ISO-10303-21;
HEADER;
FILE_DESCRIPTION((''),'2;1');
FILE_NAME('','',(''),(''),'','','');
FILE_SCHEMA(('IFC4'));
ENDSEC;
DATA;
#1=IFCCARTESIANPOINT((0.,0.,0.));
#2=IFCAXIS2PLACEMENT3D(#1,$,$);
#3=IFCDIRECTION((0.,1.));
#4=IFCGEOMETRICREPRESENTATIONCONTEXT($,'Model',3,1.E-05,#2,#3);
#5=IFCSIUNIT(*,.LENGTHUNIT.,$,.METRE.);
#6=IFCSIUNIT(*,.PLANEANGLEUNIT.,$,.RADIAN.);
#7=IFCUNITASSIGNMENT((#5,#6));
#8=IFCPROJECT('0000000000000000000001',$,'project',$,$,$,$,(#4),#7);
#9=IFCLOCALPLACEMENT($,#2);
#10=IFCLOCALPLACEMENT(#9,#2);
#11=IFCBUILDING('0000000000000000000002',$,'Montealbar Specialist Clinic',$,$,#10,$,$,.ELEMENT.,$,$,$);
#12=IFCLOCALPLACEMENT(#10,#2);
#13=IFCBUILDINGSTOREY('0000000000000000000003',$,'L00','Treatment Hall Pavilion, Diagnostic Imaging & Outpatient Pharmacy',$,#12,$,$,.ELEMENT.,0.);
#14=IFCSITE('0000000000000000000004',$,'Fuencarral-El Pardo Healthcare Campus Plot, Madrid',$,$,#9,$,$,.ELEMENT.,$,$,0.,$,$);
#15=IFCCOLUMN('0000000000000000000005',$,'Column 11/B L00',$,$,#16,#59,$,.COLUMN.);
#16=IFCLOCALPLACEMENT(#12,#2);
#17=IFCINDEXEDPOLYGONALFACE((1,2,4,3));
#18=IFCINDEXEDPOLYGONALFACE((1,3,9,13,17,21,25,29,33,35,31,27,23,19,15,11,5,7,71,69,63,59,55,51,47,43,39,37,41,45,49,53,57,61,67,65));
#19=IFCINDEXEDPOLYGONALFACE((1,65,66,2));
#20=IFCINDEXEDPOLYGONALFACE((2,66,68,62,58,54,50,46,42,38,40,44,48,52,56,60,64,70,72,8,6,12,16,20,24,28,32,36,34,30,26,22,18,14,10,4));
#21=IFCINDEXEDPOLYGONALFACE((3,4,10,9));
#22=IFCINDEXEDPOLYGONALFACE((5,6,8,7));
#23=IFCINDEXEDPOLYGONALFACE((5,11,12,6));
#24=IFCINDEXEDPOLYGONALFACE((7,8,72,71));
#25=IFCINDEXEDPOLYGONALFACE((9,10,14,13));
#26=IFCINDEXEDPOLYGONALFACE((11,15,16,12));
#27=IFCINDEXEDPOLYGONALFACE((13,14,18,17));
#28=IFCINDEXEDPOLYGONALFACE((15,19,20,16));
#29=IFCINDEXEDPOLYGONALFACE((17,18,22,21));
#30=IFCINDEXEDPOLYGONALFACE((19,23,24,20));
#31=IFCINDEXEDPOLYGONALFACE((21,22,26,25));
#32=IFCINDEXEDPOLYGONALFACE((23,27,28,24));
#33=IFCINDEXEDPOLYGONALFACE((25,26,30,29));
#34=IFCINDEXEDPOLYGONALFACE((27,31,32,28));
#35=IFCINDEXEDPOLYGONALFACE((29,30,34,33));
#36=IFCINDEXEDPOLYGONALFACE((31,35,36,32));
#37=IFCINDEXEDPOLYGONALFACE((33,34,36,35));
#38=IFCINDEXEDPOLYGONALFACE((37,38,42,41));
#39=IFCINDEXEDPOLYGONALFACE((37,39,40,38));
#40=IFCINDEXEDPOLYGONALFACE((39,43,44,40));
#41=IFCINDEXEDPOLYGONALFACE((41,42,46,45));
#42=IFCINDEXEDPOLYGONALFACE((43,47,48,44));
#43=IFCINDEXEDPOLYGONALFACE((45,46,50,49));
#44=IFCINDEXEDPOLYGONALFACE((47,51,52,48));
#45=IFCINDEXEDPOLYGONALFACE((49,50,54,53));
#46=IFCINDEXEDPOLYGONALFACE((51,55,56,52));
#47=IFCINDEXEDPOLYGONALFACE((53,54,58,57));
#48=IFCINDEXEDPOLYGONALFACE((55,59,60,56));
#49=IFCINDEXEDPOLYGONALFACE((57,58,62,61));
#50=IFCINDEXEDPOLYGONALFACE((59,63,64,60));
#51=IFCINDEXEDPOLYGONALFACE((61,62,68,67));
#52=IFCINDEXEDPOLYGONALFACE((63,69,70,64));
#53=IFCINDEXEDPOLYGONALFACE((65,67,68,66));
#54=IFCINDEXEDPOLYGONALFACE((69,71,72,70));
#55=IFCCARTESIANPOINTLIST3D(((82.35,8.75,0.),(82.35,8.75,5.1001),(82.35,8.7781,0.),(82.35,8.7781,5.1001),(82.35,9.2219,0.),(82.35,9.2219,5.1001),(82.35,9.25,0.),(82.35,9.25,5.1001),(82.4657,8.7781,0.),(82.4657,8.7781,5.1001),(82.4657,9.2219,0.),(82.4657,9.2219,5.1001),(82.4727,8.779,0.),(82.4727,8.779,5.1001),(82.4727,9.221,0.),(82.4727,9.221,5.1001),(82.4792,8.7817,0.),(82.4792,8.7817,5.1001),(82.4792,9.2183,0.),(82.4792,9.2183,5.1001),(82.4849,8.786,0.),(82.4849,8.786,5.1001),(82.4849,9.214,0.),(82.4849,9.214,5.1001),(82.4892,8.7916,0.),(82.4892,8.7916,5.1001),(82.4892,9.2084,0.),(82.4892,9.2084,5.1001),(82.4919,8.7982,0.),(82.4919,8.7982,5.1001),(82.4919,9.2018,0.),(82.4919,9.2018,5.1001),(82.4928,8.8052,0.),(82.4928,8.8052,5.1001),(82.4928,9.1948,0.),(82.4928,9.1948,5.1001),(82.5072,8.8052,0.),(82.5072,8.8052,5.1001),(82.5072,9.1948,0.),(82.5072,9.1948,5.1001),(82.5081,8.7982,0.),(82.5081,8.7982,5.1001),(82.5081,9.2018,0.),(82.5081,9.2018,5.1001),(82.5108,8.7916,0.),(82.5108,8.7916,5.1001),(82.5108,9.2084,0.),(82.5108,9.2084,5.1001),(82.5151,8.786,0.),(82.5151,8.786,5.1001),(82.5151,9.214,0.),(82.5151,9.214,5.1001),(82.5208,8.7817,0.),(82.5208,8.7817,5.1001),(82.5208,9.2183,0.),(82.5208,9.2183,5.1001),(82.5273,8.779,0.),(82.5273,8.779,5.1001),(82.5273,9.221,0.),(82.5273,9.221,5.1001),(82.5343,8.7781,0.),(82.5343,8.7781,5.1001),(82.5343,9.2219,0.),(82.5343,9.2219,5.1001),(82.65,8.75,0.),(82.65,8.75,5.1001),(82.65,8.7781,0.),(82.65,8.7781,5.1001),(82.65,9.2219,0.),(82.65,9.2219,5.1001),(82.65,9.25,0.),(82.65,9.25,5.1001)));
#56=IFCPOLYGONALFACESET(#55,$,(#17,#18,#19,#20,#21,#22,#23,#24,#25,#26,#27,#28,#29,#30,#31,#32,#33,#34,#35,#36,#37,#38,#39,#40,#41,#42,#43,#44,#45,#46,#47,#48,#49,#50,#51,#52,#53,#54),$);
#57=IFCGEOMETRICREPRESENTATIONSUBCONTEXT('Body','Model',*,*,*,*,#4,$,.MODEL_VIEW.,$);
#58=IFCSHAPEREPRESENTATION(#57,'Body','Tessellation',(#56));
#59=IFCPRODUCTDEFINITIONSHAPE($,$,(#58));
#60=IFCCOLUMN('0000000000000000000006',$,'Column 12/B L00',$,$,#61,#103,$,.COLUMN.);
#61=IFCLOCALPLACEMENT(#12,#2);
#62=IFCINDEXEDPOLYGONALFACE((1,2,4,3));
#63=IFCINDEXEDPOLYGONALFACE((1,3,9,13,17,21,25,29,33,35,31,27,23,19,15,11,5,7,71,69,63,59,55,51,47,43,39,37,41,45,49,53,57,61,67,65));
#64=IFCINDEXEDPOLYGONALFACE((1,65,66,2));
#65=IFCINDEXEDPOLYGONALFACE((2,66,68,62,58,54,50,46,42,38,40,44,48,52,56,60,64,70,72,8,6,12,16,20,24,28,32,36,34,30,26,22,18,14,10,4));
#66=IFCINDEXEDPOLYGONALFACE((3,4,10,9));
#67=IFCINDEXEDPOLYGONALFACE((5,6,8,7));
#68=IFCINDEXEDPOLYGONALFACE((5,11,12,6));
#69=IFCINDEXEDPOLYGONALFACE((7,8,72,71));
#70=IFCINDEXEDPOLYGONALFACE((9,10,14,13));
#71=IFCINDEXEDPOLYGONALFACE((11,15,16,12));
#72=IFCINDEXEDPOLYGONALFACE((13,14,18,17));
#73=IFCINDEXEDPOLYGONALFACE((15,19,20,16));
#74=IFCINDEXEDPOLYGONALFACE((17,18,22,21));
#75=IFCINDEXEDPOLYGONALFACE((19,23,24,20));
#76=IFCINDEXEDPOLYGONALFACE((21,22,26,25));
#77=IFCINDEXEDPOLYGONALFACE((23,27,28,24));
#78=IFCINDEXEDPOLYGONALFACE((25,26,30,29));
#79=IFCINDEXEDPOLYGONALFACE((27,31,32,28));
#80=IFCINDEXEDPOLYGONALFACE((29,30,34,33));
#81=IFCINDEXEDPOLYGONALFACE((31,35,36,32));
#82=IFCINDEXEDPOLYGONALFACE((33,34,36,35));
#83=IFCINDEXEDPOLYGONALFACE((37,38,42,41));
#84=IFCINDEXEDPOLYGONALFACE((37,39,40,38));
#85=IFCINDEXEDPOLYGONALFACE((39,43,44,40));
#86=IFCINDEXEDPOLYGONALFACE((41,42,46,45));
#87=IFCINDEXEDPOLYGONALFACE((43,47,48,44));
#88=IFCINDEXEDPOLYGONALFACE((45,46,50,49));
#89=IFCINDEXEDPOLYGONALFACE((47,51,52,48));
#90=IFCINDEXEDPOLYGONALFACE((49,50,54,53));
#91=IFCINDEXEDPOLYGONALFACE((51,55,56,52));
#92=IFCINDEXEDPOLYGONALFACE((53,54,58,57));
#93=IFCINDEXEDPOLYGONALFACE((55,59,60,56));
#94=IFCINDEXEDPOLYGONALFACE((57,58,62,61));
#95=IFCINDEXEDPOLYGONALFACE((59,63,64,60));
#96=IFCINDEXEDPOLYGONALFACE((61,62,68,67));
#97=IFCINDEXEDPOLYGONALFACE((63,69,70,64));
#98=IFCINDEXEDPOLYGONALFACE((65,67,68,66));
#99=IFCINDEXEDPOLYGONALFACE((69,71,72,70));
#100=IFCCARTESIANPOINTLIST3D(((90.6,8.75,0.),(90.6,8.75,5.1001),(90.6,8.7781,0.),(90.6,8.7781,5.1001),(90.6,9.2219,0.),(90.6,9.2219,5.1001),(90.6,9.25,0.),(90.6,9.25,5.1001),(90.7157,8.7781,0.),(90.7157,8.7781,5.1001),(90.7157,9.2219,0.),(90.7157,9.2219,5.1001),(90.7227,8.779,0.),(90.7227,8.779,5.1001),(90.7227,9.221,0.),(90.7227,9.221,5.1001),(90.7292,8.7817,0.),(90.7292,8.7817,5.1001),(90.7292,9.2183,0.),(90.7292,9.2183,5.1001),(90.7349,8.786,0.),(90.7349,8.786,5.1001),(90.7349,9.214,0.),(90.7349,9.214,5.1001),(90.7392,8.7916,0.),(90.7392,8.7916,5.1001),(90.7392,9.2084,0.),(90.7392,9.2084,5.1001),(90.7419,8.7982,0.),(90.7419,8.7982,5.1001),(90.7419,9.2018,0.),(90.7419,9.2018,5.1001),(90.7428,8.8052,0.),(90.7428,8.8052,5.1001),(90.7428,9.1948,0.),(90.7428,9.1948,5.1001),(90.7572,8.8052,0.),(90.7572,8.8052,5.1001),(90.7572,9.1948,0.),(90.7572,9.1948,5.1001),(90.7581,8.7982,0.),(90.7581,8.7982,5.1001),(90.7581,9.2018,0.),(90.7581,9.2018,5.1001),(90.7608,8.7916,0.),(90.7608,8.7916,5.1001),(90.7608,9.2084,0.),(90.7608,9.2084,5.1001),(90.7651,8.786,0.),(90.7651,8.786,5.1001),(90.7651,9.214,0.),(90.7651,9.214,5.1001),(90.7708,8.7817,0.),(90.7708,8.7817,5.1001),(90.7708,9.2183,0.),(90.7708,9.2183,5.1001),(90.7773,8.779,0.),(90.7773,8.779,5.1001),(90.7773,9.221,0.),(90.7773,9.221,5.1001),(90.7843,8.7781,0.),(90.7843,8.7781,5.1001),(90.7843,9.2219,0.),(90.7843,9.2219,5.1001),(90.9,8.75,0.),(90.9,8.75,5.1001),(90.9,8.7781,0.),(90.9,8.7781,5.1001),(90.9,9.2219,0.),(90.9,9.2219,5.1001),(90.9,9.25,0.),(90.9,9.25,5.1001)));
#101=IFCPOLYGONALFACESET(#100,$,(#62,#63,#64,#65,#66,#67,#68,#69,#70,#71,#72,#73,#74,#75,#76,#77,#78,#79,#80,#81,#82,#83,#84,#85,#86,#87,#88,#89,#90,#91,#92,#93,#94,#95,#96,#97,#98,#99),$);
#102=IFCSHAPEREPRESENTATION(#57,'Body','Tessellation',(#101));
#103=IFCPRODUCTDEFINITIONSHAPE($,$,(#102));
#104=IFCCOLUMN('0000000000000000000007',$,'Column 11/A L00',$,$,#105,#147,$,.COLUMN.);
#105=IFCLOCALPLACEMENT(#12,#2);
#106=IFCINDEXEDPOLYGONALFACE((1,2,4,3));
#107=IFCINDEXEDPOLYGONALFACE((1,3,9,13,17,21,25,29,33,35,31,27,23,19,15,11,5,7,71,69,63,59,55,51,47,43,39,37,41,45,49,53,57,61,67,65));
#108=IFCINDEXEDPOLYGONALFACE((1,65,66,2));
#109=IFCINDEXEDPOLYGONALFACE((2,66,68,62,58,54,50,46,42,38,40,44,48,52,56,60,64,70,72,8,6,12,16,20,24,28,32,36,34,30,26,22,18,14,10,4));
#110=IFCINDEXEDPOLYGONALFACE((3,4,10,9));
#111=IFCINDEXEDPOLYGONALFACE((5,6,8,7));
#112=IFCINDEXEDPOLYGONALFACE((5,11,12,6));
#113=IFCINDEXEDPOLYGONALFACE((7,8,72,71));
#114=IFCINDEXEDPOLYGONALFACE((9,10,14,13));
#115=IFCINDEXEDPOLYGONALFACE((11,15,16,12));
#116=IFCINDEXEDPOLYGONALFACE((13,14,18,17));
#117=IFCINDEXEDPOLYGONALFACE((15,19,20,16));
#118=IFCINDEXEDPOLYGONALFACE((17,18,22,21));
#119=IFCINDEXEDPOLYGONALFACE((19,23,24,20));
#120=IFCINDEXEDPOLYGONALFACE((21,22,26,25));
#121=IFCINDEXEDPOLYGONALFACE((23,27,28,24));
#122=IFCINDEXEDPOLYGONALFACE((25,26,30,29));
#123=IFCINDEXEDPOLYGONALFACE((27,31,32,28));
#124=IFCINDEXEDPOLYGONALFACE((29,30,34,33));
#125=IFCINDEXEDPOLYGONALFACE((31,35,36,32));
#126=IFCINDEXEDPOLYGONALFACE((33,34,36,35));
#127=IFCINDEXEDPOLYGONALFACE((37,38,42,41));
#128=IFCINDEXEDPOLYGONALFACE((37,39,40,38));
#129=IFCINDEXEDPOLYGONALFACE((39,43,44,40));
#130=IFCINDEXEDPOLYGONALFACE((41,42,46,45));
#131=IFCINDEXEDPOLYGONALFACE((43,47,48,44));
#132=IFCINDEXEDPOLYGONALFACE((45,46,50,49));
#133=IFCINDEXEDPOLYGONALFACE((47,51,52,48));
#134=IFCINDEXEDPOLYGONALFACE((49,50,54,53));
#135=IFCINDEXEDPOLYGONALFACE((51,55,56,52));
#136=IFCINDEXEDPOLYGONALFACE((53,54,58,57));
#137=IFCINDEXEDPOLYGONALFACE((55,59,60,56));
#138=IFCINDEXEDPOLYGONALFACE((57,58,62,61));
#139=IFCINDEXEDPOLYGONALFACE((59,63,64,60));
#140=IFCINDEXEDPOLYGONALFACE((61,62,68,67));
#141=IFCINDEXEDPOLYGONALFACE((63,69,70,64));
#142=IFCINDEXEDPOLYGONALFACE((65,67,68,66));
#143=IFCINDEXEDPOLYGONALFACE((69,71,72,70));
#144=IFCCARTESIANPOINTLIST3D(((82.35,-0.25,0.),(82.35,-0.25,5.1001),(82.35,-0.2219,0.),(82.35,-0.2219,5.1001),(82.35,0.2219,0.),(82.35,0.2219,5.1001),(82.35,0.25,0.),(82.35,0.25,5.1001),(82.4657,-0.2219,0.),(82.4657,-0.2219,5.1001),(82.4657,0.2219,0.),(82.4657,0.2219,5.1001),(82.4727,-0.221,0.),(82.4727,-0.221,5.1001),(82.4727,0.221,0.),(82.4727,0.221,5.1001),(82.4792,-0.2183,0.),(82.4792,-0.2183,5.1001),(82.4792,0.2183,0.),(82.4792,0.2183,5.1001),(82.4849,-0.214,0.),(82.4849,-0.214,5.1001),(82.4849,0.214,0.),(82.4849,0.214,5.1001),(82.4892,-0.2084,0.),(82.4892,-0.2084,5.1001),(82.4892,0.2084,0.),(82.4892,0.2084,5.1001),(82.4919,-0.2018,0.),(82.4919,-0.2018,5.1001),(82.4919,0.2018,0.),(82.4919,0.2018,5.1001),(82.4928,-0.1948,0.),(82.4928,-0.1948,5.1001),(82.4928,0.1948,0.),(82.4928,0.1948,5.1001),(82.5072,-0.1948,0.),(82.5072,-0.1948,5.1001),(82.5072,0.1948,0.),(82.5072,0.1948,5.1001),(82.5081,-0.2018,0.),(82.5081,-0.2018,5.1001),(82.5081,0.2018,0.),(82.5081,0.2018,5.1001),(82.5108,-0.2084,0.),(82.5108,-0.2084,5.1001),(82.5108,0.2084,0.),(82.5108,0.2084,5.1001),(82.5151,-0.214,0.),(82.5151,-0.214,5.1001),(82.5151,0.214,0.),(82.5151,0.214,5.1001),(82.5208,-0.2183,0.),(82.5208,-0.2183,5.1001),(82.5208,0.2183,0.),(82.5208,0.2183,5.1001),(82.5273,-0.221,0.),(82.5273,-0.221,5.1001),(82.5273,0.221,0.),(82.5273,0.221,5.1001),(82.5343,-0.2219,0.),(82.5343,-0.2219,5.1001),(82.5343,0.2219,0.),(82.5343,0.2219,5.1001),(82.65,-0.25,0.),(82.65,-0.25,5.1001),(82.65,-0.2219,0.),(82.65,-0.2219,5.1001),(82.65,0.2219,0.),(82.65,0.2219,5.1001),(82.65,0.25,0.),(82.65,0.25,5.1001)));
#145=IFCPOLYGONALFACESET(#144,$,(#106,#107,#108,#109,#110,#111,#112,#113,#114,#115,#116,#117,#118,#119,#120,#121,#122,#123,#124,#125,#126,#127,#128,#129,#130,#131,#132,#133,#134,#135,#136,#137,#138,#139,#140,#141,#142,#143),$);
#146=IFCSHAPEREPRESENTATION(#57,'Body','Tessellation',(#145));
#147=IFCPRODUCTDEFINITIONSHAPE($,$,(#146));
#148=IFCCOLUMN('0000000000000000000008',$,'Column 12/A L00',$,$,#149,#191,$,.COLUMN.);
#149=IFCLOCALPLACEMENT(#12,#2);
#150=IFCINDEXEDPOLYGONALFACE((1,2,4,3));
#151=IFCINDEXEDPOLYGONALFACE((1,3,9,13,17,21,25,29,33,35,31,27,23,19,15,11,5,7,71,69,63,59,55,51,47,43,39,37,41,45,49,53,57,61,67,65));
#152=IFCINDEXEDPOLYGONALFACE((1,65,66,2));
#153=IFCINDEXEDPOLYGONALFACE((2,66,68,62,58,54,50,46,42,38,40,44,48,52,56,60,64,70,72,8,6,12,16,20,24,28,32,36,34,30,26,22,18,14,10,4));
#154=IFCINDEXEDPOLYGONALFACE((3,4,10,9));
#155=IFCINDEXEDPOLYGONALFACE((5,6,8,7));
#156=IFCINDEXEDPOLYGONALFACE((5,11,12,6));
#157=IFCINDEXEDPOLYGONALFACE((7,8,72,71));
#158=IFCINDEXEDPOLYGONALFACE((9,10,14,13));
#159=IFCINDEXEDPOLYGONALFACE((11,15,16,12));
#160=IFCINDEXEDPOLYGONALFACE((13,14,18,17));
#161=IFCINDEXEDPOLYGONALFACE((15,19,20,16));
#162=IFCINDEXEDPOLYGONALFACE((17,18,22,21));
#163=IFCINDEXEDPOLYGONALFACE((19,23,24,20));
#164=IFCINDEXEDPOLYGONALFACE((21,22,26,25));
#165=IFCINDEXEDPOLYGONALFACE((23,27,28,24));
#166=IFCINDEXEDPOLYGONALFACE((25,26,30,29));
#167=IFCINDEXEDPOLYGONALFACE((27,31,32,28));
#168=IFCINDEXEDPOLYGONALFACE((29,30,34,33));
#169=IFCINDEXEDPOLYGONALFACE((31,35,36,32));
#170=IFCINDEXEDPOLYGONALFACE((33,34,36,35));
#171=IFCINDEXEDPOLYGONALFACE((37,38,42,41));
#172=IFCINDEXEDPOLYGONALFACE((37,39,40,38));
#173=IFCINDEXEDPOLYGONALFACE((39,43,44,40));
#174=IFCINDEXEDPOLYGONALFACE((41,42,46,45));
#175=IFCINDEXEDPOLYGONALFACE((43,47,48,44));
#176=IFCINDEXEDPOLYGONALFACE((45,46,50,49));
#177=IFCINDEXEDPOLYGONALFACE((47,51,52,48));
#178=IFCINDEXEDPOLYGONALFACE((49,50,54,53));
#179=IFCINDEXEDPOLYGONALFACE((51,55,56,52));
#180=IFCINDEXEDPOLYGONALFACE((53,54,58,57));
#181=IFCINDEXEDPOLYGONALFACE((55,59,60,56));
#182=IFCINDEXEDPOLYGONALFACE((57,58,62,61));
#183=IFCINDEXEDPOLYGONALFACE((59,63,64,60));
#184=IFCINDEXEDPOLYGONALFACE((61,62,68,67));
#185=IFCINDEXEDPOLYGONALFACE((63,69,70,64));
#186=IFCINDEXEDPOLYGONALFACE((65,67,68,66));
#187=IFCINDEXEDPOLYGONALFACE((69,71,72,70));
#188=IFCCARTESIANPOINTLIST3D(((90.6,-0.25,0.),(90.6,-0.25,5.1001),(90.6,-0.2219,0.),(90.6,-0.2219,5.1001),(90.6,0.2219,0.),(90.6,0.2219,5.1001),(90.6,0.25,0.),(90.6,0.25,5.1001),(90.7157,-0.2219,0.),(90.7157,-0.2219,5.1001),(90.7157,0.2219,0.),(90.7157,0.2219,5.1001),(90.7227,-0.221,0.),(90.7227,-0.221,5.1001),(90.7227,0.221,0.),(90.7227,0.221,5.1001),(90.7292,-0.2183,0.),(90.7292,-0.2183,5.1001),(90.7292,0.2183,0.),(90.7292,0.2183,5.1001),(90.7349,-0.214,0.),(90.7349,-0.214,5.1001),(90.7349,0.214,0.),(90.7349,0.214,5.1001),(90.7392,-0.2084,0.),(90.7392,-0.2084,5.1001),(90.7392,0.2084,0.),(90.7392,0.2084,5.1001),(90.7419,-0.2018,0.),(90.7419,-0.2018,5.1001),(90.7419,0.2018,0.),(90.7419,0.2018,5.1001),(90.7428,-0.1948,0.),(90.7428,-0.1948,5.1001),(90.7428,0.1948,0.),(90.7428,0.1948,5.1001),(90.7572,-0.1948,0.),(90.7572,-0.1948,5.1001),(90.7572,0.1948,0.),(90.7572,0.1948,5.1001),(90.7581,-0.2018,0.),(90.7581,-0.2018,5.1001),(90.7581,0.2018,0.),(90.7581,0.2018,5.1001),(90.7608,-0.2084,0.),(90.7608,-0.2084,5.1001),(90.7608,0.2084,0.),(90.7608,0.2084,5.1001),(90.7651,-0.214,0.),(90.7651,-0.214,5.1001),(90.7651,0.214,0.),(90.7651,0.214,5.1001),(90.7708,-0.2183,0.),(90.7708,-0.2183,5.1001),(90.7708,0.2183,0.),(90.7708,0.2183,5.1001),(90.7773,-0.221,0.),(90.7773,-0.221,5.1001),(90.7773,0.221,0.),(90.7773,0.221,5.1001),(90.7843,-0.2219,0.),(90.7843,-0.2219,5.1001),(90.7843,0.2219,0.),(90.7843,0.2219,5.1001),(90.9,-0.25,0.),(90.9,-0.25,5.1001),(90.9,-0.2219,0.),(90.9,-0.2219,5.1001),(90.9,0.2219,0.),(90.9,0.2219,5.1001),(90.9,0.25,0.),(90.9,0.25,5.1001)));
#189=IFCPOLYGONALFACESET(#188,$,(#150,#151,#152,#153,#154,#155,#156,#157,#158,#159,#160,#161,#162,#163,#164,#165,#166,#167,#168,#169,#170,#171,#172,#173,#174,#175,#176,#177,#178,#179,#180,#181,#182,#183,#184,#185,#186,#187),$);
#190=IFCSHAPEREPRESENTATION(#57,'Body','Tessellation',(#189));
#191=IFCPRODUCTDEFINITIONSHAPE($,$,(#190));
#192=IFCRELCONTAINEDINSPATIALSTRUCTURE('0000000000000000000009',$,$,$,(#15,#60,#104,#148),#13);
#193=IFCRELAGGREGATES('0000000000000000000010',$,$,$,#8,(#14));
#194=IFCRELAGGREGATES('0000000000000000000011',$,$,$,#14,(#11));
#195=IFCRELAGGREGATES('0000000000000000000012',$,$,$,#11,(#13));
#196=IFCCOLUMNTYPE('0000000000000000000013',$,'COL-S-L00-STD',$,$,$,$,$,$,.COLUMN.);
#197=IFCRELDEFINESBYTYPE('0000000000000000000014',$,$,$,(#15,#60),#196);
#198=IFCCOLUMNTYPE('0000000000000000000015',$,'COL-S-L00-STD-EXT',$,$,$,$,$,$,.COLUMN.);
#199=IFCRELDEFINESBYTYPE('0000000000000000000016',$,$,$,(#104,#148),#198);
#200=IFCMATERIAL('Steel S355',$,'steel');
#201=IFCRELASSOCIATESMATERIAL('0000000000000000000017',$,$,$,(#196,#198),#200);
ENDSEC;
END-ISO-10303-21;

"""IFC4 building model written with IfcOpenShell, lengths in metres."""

from ifc_helpers import new_model, si_unit, direction, frame, origin, origin_2d, place, context, subcontext, project, spatial, i_section, extrude, material, material_profile, profile_set, type_object, element, save


model = new_model("IFC4")

# Units and contexts
model_context = context("Model", 3, precision=1e-05, world=origin(), true_north=direction((0.0, 1.0)))
body_context = subcontext(model_context, "Body", "Model", "MODEL_VIEW")
ifc_project = project(units=[si_unit("LENGTHUNIT", "METRE"), si_unit("PLANEANGLEUNIT", "RADIAN")], contexts=[model_context])

# Site, building, storey
site_placement = place(None, origin())
site = spatial("IfcSite", under=ifc_project, at=site_placement, Name="Fuencarral-El Pardo Healthcare Campus Plot, Madrid", CompositionType="ELEMENT", RefElevation=0.0)
building_placement = place(site_placement, origin())
building = spatial("IfcBuilding", under=site, at=building_placement, Name="Montealbar Specialist Clinic", CompositionType="ELEMENT")
storey_placement = place(building_placement, origin())
storey = spatial("IfcBuildingStorey", under=building, at=storey_placement, Name="L00", Description="Treatment Hall Pavilion, Diagnostic Imaging & Outpatient Pharmacy", CompositionType="ELEMENT", Elevation=0.0)

# Columns
ifc_material_1 = material(Name="Steel S355", Category="steel")
ifc_material_profile_1 = material_profile(ifc_material_1, i_section(OverallWidth=0.3, OverallDepth=0.5, WebThickness=0.0144, FlangeThickness=0.0281, FilletRadius=0.0271, at=origin_2d()), Name="HEB 500", Category="steel")
ifc_profile_set_1 = profile_set([ifc_material_profile_1], Name="Steel S355")
column_type_1 = type_object("IfcColumnType", Name="COL-S-L00-STD", PredefinedType="COLUMN", material=ifc_profile_set_1)
for number, where, z_axis, x_axis, name in (
    (1, (82.5, 9.0, 0.0), (0.0, 0.0, 1.0), (1.0, 0.0, 0.0), "Column 11/B L00"),
    (2, (90.75, 9.0, 0.0), (0.0, 0.0, 1.0), (1.0, 0.0, 0.0), "Column 12/B L00"),
):
    element("IfcColumn", number, at=place(storey_placement, frame(where, z_axis=z_axis, x_axis=x_axis)), inside=storey, type_object=column_type_1, Name=name, PredefinedType="COLUMN", context=body_context, shape_type="SweptSolid", body=[
        extrude(i_section(OverallWidth=0.3, OverallDepth=0.5, WebThickness=0.0144, FlangeThickness=0.0281, FilletRadius=0.0271, at=origin_2d()), origin(), (0.0, 0.0, 1.0), 5.1001),
    ])
ifc_material_profile_2 = material_profile(ifc_material_1, i_section(OverallWidth=0.3, OverallDepth=0.5, WebThickness=0.0144, FlangeThickness=0.0281, FilletRadius=0.0271, at=origin_2d()), Name="HEB 500", Category="steel")
ifc_profile_set_2 = profile_set([ifc_material_profile_2], Name="Steel S355")
column_type_2 = type_object("IfcColumnType", Name="COL-S-L00-STD-EXT", PredefinedType="COLUMN", material=ifc_profile_set_2)
for number, where, z_axis, x_axis, name in (
    (3, (82.5, 0.0, 0.0), (0.0, 0.0, 1.0), (1.0, 0.0, 0.0), "Column 11/A L00"),
    (4, (90.75, 0.0, 0.0), (0.0, 0.0, 1.0), (1.0, 0.0, 0.0), "Column 12/A L00"),
):
    element("IfcColumn", number, at=place(storey_placement, frame(where, z_axis=z_axis, x_axis=x_axis)), inside=storey, type_object=column_type_2, Name=name, PredefinedType="COLUMN", context=body_context, shape_type="SweptSolid", body=[
        extrude(i_section(OverallWidth=0.3, OverallDepth=0.5, WebThickness=0.0144, FlangeThickness=0.0281, FilletRadius=0.0271, at=origin_2d()), origin(), (0.0, 0.0, 1.0), 5.1001),
    ])

save(model, "model.ifc")
